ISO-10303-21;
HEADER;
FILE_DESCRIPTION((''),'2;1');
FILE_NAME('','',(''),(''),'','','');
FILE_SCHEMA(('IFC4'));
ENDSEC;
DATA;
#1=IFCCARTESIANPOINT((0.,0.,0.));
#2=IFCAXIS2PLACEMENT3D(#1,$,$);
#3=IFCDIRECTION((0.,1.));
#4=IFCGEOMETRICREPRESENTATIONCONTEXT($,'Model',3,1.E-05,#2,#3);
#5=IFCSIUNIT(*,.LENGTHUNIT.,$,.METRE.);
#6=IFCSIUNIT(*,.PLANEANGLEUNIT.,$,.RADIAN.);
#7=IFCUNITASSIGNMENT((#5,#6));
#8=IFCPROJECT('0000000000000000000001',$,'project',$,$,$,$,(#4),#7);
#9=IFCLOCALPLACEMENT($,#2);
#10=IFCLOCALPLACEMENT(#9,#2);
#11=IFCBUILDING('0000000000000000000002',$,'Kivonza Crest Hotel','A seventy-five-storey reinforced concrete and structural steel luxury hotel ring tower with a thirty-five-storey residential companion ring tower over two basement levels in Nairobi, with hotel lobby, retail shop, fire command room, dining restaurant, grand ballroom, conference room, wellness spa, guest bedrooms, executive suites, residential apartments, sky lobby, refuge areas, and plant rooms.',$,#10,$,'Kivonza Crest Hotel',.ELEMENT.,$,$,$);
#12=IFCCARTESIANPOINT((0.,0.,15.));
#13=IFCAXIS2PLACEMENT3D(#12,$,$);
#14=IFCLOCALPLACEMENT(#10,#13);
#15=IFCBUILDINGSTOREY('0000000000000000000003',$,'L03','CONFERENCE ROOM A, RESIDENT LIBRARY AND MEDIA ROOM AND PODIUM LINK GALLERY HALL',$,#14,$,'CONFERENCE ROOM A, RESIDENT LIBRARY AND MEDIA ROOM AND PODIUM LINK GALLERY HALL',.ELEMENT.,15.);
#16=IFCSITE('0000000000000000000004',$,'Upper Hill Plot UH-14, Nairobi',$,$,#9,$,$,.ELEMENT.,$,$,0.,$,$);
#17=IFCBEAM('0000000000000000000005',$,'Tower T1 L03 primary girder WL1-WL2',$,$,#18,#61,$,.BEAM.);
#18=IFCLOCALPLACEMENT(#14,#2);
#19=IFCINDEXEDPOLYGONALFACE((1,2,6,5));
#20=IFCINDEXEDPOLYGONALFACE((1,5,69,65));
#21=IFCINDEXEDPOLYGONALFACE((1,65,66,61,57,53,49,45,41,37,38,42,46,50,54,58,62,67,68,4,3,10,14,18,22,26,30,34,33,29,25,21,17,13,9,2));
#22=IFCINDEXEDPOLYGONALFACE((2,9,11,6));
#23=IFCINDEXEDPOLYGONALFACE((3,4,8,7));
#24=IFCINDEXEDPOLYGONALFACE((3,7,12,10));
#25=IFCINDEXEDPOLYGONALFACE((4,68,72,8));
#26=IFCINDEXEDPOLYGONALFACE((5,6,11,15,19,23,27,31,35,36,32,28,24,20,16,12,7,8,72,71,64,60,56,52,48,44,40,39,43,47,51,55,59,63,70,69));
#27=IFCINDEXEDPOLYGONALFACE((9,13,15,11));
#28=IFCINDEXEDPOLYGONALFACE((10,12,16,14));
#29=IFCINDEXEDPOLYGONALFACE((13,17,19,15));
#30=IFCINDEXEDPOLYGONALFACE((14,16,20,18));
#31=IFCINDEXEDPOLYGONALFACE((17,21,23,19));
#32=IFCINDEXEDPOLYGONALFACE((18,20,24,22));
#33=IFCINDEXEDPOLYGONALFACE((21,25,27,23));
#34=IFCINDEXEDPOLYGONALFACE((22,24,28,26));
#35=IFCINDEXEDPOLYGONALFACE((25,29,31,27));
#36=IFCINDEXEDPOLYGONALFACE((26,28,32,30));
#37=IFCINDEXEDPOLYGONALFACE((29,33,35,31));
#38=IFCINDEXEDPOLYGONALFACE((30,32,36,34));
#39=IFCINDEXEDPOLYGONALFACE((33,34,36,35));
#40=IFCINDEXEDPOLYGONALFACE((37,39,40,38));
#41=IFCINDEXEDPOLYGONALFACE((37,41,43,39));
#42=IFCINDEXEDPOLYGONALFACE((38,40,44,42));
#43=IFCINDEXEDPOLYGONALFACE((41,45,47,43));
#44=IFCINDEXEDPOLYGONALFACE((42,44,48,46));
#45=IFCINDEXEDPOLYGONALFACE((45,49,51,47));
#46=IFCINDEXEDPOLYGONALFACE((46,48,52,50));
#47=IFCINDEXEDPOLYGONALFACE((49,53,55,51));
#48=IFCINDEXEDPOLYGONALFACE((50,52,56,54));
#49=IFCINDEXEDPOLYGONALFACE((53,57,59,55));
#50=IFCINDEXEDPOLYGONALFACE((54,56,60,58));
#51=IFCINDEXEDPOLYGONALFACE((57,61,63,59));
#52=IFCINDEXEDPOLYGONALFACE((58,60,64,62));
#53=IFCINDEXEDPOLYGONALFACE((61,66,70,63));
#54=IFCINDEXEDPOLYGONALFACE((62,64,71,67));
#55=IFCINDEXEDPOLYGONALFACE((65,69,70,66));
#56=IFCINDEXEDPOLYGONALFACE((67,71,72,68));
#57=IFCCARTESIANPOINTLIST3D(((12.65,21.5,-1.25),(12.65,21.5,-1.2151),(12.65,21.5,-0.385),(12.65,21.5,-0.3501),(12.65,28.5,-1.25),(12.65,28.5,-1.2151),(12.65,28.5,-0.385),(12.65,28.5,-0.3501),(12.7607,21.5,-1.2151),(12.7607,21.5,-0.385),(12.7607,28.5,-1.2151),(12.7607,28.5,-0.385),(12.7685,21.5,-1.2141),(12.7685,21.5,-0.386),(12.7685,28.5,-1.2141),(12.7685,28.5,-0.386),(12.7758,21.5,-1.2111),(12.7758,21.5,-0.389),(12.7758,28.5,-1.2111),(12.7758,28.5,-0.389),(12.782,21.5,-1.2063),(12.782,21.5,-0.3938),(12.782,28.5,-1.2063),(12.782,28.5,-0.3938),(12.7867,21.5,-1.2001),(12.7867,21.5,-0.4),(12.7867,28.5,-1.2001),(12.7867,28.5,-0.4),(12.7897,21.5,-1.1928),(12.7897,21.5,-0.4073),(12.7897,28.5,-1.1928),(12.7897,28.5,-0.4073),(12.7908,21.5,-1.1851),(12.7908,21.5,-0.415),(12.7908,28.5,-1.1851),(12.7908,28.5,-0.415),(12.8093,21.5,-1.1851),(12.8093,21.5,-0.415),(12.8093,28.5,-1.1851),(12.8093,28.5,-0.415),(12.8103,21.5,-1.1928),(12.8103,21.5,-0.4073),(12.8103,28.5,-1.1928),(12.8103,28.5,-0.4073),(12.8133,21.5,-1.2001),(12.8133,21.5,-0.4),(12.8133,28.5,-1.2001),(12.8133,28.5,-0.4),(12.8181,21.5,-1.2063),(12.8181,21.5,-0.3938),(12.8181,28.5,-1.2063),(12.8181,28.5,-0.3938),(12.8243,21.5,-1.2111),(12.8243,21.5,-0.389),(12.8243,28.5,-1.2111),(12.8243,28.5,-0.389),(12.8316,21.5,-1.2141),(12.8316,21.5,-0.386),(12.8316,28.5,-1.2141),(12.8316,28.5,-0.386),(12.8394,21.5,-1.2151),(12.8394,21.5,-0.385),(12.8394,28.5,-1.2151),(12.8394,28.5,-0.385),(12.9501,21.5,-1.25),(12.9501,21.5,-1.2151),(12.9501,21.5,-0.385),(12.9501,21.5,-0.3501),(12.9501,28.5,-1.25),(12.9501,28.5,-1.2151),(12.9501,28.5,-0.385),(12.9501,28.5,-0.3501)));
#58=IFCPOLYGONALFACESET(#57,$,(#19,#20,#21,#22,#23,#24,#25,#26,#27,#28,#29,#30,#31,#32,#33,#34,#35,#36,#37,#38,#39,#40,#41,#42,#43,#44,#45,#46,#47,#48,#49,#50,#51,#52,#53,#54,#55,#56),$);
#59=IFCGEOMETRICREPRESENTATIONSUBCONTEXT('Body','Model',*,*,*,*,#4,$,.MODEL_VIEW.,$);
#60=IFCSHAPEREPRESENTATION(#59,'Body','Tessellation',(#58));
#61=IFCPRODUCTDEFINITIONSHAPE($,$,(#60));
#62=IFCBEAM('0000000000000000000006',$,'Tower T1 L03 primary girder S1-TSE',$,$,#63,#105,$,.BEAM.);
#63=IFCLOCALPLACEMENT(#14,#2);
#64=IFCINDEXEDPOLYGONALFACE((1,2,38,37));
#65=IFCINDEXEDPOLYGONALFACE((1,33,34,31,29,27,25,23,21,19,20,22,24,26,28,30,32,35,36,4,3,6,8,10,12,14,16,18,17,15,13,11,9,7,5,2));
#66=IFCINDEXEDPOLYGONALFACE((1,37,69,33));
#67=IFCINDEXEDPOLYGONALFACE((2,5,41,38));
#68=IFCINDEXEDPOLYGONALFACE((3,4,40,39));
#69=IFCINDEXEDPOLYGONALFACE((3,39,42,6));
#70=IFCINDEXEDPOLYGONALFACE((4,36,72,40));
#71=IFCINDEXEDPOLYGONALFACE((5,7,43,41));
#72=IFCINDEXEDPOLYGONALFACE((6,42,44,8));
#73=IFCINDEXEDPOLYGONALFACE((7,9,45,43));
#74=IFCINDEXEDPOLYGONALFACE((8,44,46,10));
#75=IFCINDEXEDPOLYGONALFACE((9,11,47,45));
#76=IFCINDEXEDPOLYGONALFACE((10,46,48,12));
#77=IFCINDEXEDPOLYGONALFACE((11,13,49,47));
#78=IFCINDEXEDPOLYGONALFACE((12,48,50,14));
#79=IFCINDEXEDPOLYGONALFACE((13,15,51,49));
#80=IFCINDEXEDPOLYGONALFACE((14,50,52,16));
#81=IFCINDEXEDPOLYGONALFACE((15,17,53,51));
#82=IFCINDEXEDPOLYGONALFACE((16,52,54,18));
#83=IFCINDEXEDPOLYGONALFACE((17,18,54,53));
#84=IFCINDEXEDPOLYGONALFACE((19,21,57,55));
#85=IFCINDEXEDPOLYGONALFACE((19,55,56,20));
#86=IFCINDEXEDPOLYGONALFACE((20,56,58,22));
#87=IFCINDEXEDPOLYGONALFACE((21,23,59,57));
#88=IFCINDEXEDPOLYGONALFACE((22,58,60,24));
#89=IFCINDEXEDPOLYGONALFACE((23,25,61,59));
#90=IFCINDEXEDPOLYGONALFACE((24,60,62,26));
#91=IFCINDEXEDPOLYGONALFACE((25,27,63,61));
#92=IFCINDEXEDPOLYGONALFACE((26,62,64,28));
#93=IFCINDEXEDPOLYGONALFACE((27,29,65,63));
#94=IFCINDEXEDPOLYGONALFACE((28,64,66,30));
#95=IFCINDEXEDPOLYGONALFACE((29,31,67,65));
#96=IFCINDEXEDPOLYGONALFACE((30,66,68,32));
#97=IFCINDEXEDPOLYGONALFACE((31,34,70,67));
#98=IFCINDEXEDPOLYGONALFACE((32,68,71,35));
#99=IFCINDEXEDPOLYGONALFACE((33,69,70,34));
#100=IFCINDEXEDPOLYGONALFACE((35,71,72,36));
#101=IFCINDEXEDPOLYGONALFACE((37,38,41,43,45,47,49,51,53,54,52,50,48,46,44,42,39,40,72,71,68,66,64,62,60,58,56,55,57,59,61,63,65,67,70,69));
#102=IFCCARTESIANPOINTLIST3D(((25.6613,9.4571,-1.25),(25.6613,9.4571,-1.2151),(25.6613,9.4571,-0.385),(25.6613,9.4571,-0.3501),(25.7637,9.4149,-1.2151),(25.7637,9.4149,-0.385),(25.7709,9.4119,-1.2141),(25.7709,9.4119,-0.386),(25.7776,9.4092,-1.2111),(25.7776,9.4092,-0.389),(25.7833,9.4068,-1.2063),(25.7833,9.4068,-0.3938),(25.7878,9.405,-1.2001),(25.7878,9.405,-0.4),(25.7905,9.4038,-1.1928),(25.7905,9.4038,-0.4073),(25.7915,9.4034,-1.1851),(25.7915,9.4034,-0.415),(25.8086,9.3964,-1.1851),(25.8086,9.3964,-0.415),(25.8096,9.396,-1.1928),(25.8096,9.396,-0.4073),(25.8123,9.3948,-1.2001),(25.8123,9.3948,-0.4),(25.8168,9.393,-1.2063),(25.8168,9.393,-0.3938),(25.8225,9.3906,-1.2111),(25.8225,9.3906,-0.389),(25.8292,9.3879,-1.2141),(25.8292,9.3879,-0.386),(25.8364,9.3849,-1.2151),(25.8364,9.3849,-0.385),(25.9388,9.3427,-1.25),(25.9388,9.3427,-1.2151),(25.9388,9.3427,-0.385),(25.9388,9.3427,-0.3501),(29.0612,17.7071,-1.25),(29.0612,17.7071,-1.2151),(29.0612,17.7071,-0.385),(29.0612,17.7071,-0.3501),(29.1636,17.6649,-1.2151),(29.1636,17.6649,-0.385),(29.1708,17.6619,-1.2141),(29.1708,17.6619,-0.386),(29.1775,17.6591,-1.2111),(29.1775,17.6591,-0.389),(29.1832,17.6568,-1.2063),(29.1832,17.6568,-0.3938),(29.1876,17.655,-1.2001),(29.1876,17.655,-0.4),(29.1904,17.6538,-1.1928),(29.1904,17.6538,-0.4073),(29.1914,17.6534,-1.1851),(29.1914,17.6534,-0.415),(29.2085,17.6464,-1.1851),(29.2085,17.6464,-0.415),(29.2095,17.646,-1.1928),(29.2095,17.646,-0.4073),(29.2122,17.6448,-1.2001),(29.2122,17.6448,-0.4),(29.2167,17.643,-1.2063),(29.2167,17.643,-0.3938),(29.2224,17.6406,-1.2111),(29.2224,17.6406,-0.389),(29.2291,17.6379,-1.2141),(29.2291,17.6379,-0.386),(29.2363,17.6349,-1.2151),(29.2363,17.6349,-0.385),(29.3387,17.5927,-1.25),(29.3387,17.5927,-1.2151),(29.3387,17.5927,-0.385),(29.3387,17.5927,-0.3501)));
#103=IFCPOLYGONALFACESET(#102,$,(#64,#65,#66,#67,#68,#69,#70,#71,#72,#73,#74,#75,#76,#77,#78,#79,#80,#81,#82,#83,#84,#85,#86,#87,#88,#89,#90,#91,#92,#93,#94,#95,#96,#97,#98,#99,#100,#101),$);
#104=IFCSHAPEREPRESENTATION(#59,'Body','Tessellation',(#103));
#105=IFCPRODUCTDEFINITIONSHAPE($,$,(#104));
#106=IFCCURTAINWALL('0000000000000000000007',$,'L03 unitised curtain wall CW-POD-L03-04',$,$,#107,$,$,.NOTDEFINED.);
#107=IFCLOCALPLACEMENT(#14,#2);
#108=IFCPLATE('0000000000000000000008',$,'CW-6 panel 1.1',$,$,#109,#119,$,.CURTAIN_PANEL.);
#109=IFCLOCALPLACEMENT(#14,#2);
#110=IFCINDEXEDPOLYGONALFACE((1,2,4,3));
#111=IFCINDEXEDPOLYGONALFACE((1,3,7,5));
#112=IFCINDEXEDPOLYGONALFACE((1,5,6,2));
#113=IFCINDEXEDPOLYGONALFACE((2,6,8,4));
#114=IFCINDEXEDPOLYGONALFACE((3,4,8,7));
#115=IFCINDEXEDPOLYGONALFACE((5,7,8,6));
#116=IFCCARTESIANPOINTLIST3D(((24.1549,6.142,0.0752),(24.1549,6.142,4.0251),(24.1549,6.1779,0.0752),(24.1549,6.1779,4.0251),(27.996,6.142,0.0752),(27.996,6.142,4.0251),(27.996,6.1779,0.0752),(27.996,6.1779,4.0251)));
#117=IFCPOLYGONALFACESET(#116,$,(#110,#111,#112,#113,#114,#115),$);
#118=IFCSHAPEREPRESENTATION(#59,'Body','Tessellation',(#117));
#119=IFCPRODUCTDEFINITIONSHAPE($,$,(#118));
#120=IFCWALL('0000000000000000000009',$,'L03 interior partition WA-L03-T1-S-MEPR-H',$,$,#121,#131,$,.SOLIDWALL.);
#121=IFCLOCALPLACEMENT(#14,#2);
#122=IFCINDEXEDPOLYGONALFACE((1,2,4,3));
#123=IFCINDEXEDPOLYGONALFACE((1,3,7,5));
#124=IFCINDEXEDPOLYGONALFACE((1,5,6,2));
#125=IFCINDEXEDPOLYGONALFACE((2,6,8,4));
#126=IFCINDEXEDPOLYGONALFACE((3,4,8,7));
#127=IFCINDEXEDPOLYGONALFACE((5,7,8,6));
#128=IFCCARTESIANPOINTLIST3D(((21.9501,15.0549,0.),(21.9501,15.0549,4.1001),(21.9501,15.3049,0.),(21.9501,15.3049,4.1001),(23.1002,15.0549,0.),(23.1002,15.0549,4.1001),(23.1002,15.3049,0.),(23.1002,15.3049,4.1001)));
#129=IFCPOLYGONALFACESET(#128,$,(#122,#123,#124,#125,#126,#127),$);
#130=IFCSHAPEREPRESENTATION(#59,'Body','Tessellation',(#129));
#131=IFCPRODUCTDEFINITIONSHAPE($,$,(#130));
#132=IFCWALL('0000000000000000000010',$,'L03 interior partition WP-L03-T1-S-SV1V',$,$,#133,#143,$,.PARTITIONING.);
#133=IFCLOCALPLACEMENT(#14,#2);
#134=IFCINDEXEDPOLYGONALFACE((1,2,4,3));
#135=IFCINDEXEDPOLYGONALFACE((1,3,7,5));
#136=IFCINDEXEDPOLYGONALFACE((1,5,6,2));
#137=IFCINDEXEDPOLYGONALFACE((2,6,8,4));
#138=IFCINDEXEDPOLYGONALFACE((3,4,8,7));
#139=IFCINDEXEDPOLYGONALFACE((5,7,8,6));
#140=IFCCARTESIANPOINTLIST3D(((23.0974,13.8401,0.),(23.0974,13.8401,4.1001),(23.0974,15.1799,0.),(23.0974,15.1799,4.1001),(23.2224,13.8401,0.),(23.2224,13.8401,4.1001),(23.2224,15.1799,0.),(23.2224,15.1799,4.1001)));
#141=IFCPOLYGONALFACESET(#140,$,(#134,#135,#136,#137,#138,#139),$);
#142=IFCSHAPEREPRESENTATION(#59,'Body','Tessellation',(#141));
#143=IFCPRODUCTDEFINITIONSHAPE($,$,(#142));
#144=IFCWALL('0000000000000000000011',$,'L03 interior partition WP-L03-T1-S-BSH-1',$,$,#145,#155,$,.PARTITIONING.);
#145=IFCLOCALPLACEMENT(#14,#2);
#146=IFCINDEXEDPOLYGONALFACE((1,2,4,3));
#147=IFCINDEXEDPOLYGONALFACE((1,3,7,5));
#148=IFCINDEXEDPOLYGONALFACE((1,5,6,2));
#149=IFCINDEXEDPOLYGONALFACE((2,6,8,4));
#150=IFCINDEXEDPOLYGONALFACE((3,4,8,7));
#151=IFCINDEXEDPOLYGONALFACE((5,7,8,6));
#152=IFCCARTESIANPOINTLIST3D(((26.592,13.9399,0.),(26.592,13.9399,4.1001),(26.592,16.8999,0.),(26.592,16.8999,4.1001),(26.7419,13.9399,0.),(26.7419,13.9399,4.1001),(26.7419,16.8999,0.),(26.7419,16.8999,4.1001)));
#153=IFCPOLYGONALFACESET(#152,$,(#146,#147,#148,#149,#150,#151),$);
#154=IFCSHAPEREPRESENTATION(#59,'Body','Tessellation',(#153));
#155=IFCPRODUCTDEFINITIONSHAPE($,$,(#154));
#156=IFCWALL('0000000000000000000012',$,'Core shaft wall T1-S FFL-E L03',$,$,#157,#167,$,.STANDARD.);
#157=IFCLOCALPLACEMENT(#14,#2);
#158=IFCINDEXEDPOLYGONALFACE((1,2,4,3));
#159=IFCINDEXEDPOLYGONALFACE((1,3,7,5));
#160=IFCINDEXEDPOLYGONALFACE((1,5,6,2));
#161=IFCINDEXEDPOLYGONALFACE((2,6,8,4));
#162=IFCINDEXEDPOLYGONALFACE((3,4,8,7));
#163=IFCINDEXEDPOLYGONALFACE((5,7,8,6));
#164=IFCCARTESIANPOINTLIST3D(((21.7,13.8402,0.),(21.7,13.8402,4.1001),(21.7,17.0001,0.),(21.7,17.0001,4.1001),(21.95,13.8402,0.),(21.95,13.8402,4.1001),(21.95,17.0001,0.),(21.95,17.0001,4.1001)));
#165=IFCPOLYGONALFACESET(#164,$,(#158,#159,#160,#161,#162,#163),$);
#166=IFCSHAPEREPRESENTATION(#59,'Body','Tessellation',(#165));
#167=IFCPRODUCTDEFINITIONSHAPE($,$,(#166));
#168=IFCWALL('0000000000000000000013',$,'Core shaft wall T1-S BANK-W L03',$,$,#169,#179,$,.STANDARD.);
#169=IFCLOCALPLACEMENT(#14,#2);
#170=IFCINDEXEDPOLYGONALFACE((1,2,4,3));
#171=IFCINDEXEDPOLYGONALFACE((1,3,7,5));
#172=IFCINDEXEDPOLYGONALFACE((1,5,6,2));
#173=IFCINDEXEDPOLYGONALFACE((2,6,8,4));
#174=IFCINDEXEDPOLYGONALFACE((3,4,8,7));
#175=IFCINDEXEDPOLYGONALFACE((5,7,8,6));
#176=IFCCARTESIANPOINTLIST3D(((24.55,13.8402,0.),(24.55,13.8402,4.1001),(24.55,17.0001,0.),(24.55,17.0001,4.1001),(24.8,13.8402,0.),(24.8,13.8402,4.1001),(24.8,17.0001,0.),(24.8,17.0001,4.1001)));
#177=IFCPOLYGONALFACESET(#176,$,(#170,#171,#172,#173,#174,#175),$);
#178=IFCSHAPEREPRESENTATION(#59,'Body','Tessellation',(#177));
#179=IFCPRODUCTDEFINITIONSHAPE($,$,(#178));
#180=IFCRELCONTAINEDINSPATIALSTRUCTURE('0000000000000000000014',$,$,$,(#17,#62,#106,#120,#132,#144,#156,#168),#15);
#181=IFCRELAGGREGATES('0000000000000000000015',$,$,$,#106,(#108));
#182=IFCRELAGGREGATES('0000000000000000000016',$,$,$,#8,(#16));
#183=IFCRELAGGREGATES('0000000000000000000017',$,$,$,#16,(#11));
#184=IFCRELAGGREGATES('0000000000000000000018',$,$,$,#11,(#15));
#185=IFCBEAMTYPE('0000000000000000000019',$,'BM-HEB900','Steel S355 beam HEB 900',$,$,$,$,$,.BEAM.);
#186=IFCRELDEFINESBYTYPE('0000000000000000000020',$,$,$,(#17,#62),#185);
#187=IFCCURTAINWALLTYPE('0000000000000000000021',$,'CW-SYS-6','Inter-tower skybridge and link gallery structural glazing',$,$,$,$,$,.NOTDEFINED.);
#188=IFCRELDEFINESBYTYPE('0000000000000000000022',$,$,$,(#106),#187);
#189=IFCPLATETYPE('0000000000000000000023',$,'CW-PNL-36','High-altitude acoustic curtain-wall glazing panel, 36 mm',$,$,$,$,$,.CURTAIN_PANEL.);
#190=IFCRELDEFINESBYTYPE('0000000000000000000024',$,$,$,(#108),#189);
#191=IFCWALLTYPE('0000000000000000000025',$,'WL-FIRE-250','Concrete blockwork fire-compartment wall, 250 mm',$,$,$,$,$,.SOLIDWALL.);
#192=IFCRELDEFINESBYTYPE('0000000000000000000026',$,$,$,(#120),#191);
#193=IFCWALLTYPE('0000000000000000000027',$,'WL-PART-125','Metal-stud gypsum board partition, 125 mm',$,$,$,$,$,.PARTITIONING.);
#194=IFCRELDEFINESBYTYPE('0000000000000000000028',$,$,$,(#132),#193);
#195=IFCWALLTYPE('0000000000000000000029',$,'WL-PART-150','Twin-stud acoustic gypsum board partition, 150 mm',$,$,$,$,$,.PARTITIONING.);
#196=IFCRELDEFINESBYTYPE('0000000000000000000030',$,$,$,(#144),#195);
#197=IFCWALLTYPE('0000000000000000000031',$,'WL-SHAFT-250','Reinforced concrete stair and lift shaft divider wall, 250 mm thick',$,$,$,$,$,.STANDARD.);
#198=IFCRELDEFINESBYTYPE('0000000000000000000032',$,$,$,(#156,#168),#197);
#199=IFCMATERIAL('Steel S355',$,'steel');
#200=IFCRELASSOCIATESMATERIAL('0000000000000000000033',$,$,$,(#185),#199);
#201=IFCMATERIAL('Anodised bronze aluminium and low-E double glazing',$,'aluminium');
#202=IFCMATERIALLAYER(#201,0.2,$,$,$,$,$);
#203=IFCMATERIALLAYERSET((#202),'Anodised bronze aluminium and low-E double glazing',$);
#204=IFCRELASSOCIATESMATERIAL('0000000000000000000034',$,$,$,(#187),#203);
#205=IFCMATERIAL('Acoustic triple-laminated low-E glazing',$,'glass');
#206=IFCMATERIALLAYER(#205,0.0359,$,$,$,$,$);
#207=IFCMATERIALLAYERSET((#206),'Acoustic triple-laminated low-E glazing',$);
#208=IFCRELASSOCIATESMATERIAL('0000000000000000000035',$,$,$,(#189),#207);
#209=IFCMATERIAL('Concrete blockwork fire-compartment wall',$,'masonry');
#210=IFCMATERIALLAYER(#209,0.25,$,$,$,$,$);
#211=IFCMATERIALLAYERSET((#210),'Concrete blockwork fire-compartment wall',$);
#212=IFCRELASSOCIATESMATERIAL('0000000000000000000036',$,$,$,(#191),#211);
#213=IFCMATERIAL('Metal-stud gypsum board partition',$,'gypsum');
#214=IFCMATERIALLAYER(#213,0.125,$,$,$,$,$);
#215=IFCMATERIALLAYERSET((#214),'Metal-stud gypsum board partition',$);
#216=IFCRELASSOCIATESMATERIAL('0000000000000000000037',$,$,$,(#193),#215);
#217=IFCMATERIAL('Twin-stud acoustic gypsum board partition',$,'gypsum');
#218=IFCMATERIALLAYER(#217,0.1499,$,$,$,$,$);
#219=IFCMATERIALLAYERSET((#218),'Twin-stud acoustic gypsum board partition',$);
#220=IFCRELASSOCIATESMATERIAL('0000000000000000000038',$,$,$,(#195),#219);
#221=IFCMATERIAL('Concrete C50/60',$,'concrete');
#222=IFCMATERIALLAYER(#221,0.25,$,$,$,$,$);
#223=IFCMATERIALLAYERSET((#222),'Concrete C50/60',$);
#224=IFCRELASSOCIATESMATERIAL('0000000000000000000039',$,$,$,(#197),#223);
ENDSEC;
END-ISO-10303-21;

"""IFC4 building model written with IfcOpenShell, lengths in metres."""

from ifc_helpers import new_model, si_unit, direction, frame, frame_2d, origin, origin_2d, place, context, subcontext, project, spatial, rectangle, i_section, extrude, material, layer, layer_set, material_profile, profile_set, type_object, element, aggregate, save


model = new_model("IFC4")

# Units and contexts
model_context = context("Model", 3, precision=1e-05, world=origin(), true_north=direction((0.0, 1.0)))
body_context = subcontext(model_context, "Body", "Model", "MODEL_VIEW")
ifc_project = project(units=[si_unit("LENGTHUNIT", "METRE"), si_unit("PLANEANGLEUNIT", "RADIAN")], contexts=[model_context])

# Site, building, storey
site_placement = place(None, origin())
site = spatial("IfcSite", under=ifc_project, at=site_placement, Name="Upper Hill Plot UH-14, Nairobi", CompositionType="ELEMENT", RefElevation=0.0)
building_placement = place(site_placement, origin())
building = spatial("IfcBuilding", under=site, at=building_placement, Name="Kivonza Crest Hotel", Description="A seventy-five-storey reinforced concrete and structural steel luxury hotel ring tower with a thirty-five-storey residential companion ring tower over two basement levels in Nairobi, with hotel lobby, retail shop, fire command room, dining restaurant, grand ballroom, conference room, wellness spa, guest bedrooms, executive suites, residential apartments, sky lobby, refuge areas, and plant rooms.", LongName="Kivonza Crest Hotel", CompositionType="ELEMENT")
storey_placement = place(building_placement, frame((0.0, 0.0, 15.0)))
storey = spatial("IfcBuildingStorey", under=building, at=storey_placement, Name="L03", Description="CONFERENCE ROOM A, RESIDENT LIBRARY AND MEDIA ROOM AND PODIUM LINK GALLERY HALL", LongName="CONFERENCE ROOM A, RESIDENT LIBRARY AND MEDIA ROOM AND PODIUM LINK GALLERY HALL", CompositionType="ELEMENT", Elevation=15.0)

# Beams
ifc_material_1 = material(Name="Steel S355", Category="steel")
ifc_material_profile_1 = material_profile(ifc_material_1, i_section(OverallWidth=0.3, OverallDepth=0.8999, WebThickness=0.0186, FlangeThickness=0.0349, FilletRadius=0.03, at=origin_2d()), Name="HEB 900")
ifc_profile_set_1 = profile_set([ifc_material_profile_1], Name="Steel S355")
beam_type_1 = type_object("IfcBeamType", Name="BM-HEB900", Description="Steel S355 beam HEB 900", PredefinedType="BEAM", material=ifc_profile_set_1)
beam_1_placement = place(storey_placement, frame((12.8, 21.5, -0.8), z_axis=(0.0, 1.0, 0.0), x_axis=(-1.0, 0.0, 0.0)))
element("IfcBeam", 1, at=beam_1_placement, inside=storey, type_object=beam_type_1, Name="Tower T1 L03 primary girder WL1-WL2", PredefinedType="BEAM", context=body_context, shape_type="SweptSolid", body=[
    extrude(i_section(OverallWidth=0.3, OverallDepth=0.8999, WebThickness=0.0186, FlangeThickness=0.0349, FilletRadius=0.03, at=origin_2d()), origin(), (0.0, 0.0, 1.0), 7.0),
])
beam_2_placement = place(storey_placement, frame((25.8, 9.3999, -0.8), z_axis=(0.381022, 0.924566, 0.0), x_axis=(-0.924566, 0.381022, 0.0)))
element("IfcBeam", 2, at=beam_2_placement, inside=storey, type_object=beam_type_1, Name="Tower T1 L03 primary girder S1-TSE", PredefinedType="BEAM", context=body_context, shape_type="SweptSolid", body=[
    extrude(i_section(OverallWidth=0.3, OverallDepth=0.8999, WebThickness=0.0186, FlangeThickness=0.0349, FilletRadius=0.03, at=origin_2d()), origin(), (0.0, 0.0, 1.0), 8.9231),
])

# Curtain wall, plate
ifc_material_2 = material(Name="Anodised bronze aluminium and low-E double glazing", Category="aluminium")
ifc_layer_1 = layer(ifc_material_2, 0.2)
ifc_layer_set_1 = layer_set([ifc_layer_1], Name="Anodised bronze aluminium and low-E double glazing")
curtain_wall_type = type_object("IfcCurtainWallType", Name="CW-SYS-6", Description="Inter-tower skybridge and link gallery structural glazing", PredefinedType="NOTDEFINED", material=ifc_layer_set_1)
curtain_wall_placement = place(storey_placement, origin())
curtain_wall = element("IfcCurtainWall", 3, at=curtain_wall_placement, inside=storey, type_object=curtain_wall_type, Name="L03 unitised curtain wall CW-POD-L03-04", PredefinedType="NOTDEFINED")
ifc_material_3 = material(Name="Acoustic triple-laminated low-E glazing", Category="glass")
ifc_layer_2 = layer(ifc_material_3, 0.0359)
ifc_layer_set_2 = layer_set([ifc_layer_2], Name="Acoustic triple-laminated low-E glazing")
plate_type = type_object("IfcPlateType", Name="CW-PNL-36", Description="High-altitude acoustic curtain-wall glazing panel, 36 mm", PredefinedType="CURTAIN_PANEL", material=ifc_layer_set_2)
plate_placement = place(storey_placement, frame((26.0754, 6.1599, 0.0752), z_axis=(0.0, 0.0, 1.0), x_axis=(1.0, 0.0, 0.0)))
plate = element("IfcPlate", 4, at=plate_placement, type_object=plate_type, Name="CW-6 panel 1.1", PredefinedType="CURTAIN_PANEL", context=body_context, shape_type="SweptSolid", body=[
    extrude(rectangle(XDim=3.8411, YDim=0.0359, at=origin_2d()), origin(), (0.0, 0.0, 1.0), 3.95),
])
aggregate(curtain_wall, [plate])

# Walls
ifc_material_4 = material(Name="Concrete blockwork fire-compartment wall", Category="masonry")
ifc_layer_3 = layer(ifc_material_4, 0.25)
ifc_layer_set_3 = layer_set([ifc_layer_3], Name="Concrete blockwork fire-compartment wall")
wall_type_1 = type_object("IfcWallType", Name="WL-FIRE-250", Description="Concrete blockwork fire-compartment wall, 250 mm", PredefinedType="SOLIDWALL", material=ifc_layer_set_3)
wall_1_placement = place(storey_placement, frame((21.95, 15.1799, 0.0), z_axis=(0.0, 0.0, 1.0), x_axis=(1.0, 0.0, 0.0)))
element("IfcWall", 5, at=wall_1_placement, inside=storey, type_object=wall_type_1, Name="L03 interior partition WA-L03-T1-S-MEPR-H", PredefinedType="SOLIDWALL", context=body_context, shape_type="SweptSolid", body=[
    extrude(rectangle(XDim=1.1501, YDim=0.25, at=frame_2d((0.5752, 0.0))), origin(), (0.0, 0.0, 1.0), 4.1001),
])
ifc_material_5 = material(Name="Metal-stud gypsum board partition", Category="gypsum")
ifc_layer_4 = layer(ifc_material_5, 0.125)
ifc_layer_set_4 = layer_set([ifc_layer_4], Name="Metal-stud gypsum board partition")
wall_type_2 = type_object("IfcWallType", Name="WL-PART-125", Description="Metal-stud gypsum board partition, 125 mm", PredefinedType="PARTITIONING", material=ifc_layer_set_4)
wall_2_placement = place(storey_placement, frame((23.1599, 13.8401, 0.0), z_axis=(0.0, 0.0, 1.0), x_axis=(0.0, 1.0, 0.0)))
element("IfcWall", 6, at=wall_2_placement, inside=storey, type_object=wall_type_2, Name="L03 interior partition WP-L03-T1-S-SV1V", PredefinedType="PARTITIONING", context=body_context, shape_type="SweptSolid", body=[
    extrude(rectangle(XDim=1.3398, YDim=0.125, at=frame_2d((0.6699, 0.0))), origin(), (0.0, 0.0, 1.0), 4.1001),
])
ifc_material_6 = material(Name="Twin-stud acoustic gypsum board partition", Category="gypsum")
ifc_layer_5 = layer(ifc_material_6, 0.1499)
ifc_layer_set_5 = layer_set([ifc_layer_5], Name="Twin-stud acoustic gypsum board partition")
wall_type_3 = type_object("IfcWallType", Name="WL-PART-150", Description="Twin-stud acoustic gypsum board partition, 150 mm", PredefinedType="PARTITIONING", material=ifc_layer_set_5)
wall_3_placement = place(storey_placement, frame((26.667, 13.9399, 0.0), z_axis=(0.0, 0.0, 1.0), x_axis=(0.0, 1.0, 0.0)))
element("IfcWall", 7, at=wall_3_placement, inside=storey, type_object=wall_type_3, Name="L03 interior partition WP-L03-T1-S-BSH-1", PredefinedType="PARTITIONING", context=body_context, shape_type="SweptSolid", body=[
    extrude(rectangle(XDim=2.96, YDim=0.1499, at=frame_2d((1.48, 0.0))), origin(), (0.0, 0.0, 1.0), 4.1001),
])

# Shared definitions
ifc_material_7 = material(Name="Concrete C50/60", Category="concrete")
ifc_layer_6 = layer(ifc_material_7, 0.25)
ifc_layer_set_6 = layer_set([ifc_layer_6], Name="Concrete C50/60")
wall_type_4 = type_object("IfcWallType", Name="WL-SHAFT-250", Description="Reinforced concrete stair and lift shaft divider wall, 250 mm thick", PredefinedType="STANDARD", material=ifc_layer_set_6)

# Walls
for number, where, z_axis, x_axis, name in (
    (8, (21.825, 13.8401, 0.0), (0.0, 0.0, 1.0), (0.0, 1.0, 0.0), "Core shaft wall T1-S FFL-E L03"),
    (9, (24.675, 13.8401, 0.0), (0.0, 0.0, 1.0), (0.0, 1.0, 0.0), "Core shaft wall T1-S BANK-W L03"),
):
    element("IfcWall", number, at=place(storey_placement, frame(where, z_axis=z_axis, x_axis=x_axis)), inside=storey, type_object=wall_type_4, Name=name, PredefinedType="STANDARD", context=body_context, shape_type="SweptSolid", body=[
        extrude(rectangle(XDim=3.1599, YDim=0.25, at=frame_2d((1.5801, 0.0))), origin(), (0.0, 0.0, 1.0), 4.1001),
    ])

save(model, "model.ifc")
